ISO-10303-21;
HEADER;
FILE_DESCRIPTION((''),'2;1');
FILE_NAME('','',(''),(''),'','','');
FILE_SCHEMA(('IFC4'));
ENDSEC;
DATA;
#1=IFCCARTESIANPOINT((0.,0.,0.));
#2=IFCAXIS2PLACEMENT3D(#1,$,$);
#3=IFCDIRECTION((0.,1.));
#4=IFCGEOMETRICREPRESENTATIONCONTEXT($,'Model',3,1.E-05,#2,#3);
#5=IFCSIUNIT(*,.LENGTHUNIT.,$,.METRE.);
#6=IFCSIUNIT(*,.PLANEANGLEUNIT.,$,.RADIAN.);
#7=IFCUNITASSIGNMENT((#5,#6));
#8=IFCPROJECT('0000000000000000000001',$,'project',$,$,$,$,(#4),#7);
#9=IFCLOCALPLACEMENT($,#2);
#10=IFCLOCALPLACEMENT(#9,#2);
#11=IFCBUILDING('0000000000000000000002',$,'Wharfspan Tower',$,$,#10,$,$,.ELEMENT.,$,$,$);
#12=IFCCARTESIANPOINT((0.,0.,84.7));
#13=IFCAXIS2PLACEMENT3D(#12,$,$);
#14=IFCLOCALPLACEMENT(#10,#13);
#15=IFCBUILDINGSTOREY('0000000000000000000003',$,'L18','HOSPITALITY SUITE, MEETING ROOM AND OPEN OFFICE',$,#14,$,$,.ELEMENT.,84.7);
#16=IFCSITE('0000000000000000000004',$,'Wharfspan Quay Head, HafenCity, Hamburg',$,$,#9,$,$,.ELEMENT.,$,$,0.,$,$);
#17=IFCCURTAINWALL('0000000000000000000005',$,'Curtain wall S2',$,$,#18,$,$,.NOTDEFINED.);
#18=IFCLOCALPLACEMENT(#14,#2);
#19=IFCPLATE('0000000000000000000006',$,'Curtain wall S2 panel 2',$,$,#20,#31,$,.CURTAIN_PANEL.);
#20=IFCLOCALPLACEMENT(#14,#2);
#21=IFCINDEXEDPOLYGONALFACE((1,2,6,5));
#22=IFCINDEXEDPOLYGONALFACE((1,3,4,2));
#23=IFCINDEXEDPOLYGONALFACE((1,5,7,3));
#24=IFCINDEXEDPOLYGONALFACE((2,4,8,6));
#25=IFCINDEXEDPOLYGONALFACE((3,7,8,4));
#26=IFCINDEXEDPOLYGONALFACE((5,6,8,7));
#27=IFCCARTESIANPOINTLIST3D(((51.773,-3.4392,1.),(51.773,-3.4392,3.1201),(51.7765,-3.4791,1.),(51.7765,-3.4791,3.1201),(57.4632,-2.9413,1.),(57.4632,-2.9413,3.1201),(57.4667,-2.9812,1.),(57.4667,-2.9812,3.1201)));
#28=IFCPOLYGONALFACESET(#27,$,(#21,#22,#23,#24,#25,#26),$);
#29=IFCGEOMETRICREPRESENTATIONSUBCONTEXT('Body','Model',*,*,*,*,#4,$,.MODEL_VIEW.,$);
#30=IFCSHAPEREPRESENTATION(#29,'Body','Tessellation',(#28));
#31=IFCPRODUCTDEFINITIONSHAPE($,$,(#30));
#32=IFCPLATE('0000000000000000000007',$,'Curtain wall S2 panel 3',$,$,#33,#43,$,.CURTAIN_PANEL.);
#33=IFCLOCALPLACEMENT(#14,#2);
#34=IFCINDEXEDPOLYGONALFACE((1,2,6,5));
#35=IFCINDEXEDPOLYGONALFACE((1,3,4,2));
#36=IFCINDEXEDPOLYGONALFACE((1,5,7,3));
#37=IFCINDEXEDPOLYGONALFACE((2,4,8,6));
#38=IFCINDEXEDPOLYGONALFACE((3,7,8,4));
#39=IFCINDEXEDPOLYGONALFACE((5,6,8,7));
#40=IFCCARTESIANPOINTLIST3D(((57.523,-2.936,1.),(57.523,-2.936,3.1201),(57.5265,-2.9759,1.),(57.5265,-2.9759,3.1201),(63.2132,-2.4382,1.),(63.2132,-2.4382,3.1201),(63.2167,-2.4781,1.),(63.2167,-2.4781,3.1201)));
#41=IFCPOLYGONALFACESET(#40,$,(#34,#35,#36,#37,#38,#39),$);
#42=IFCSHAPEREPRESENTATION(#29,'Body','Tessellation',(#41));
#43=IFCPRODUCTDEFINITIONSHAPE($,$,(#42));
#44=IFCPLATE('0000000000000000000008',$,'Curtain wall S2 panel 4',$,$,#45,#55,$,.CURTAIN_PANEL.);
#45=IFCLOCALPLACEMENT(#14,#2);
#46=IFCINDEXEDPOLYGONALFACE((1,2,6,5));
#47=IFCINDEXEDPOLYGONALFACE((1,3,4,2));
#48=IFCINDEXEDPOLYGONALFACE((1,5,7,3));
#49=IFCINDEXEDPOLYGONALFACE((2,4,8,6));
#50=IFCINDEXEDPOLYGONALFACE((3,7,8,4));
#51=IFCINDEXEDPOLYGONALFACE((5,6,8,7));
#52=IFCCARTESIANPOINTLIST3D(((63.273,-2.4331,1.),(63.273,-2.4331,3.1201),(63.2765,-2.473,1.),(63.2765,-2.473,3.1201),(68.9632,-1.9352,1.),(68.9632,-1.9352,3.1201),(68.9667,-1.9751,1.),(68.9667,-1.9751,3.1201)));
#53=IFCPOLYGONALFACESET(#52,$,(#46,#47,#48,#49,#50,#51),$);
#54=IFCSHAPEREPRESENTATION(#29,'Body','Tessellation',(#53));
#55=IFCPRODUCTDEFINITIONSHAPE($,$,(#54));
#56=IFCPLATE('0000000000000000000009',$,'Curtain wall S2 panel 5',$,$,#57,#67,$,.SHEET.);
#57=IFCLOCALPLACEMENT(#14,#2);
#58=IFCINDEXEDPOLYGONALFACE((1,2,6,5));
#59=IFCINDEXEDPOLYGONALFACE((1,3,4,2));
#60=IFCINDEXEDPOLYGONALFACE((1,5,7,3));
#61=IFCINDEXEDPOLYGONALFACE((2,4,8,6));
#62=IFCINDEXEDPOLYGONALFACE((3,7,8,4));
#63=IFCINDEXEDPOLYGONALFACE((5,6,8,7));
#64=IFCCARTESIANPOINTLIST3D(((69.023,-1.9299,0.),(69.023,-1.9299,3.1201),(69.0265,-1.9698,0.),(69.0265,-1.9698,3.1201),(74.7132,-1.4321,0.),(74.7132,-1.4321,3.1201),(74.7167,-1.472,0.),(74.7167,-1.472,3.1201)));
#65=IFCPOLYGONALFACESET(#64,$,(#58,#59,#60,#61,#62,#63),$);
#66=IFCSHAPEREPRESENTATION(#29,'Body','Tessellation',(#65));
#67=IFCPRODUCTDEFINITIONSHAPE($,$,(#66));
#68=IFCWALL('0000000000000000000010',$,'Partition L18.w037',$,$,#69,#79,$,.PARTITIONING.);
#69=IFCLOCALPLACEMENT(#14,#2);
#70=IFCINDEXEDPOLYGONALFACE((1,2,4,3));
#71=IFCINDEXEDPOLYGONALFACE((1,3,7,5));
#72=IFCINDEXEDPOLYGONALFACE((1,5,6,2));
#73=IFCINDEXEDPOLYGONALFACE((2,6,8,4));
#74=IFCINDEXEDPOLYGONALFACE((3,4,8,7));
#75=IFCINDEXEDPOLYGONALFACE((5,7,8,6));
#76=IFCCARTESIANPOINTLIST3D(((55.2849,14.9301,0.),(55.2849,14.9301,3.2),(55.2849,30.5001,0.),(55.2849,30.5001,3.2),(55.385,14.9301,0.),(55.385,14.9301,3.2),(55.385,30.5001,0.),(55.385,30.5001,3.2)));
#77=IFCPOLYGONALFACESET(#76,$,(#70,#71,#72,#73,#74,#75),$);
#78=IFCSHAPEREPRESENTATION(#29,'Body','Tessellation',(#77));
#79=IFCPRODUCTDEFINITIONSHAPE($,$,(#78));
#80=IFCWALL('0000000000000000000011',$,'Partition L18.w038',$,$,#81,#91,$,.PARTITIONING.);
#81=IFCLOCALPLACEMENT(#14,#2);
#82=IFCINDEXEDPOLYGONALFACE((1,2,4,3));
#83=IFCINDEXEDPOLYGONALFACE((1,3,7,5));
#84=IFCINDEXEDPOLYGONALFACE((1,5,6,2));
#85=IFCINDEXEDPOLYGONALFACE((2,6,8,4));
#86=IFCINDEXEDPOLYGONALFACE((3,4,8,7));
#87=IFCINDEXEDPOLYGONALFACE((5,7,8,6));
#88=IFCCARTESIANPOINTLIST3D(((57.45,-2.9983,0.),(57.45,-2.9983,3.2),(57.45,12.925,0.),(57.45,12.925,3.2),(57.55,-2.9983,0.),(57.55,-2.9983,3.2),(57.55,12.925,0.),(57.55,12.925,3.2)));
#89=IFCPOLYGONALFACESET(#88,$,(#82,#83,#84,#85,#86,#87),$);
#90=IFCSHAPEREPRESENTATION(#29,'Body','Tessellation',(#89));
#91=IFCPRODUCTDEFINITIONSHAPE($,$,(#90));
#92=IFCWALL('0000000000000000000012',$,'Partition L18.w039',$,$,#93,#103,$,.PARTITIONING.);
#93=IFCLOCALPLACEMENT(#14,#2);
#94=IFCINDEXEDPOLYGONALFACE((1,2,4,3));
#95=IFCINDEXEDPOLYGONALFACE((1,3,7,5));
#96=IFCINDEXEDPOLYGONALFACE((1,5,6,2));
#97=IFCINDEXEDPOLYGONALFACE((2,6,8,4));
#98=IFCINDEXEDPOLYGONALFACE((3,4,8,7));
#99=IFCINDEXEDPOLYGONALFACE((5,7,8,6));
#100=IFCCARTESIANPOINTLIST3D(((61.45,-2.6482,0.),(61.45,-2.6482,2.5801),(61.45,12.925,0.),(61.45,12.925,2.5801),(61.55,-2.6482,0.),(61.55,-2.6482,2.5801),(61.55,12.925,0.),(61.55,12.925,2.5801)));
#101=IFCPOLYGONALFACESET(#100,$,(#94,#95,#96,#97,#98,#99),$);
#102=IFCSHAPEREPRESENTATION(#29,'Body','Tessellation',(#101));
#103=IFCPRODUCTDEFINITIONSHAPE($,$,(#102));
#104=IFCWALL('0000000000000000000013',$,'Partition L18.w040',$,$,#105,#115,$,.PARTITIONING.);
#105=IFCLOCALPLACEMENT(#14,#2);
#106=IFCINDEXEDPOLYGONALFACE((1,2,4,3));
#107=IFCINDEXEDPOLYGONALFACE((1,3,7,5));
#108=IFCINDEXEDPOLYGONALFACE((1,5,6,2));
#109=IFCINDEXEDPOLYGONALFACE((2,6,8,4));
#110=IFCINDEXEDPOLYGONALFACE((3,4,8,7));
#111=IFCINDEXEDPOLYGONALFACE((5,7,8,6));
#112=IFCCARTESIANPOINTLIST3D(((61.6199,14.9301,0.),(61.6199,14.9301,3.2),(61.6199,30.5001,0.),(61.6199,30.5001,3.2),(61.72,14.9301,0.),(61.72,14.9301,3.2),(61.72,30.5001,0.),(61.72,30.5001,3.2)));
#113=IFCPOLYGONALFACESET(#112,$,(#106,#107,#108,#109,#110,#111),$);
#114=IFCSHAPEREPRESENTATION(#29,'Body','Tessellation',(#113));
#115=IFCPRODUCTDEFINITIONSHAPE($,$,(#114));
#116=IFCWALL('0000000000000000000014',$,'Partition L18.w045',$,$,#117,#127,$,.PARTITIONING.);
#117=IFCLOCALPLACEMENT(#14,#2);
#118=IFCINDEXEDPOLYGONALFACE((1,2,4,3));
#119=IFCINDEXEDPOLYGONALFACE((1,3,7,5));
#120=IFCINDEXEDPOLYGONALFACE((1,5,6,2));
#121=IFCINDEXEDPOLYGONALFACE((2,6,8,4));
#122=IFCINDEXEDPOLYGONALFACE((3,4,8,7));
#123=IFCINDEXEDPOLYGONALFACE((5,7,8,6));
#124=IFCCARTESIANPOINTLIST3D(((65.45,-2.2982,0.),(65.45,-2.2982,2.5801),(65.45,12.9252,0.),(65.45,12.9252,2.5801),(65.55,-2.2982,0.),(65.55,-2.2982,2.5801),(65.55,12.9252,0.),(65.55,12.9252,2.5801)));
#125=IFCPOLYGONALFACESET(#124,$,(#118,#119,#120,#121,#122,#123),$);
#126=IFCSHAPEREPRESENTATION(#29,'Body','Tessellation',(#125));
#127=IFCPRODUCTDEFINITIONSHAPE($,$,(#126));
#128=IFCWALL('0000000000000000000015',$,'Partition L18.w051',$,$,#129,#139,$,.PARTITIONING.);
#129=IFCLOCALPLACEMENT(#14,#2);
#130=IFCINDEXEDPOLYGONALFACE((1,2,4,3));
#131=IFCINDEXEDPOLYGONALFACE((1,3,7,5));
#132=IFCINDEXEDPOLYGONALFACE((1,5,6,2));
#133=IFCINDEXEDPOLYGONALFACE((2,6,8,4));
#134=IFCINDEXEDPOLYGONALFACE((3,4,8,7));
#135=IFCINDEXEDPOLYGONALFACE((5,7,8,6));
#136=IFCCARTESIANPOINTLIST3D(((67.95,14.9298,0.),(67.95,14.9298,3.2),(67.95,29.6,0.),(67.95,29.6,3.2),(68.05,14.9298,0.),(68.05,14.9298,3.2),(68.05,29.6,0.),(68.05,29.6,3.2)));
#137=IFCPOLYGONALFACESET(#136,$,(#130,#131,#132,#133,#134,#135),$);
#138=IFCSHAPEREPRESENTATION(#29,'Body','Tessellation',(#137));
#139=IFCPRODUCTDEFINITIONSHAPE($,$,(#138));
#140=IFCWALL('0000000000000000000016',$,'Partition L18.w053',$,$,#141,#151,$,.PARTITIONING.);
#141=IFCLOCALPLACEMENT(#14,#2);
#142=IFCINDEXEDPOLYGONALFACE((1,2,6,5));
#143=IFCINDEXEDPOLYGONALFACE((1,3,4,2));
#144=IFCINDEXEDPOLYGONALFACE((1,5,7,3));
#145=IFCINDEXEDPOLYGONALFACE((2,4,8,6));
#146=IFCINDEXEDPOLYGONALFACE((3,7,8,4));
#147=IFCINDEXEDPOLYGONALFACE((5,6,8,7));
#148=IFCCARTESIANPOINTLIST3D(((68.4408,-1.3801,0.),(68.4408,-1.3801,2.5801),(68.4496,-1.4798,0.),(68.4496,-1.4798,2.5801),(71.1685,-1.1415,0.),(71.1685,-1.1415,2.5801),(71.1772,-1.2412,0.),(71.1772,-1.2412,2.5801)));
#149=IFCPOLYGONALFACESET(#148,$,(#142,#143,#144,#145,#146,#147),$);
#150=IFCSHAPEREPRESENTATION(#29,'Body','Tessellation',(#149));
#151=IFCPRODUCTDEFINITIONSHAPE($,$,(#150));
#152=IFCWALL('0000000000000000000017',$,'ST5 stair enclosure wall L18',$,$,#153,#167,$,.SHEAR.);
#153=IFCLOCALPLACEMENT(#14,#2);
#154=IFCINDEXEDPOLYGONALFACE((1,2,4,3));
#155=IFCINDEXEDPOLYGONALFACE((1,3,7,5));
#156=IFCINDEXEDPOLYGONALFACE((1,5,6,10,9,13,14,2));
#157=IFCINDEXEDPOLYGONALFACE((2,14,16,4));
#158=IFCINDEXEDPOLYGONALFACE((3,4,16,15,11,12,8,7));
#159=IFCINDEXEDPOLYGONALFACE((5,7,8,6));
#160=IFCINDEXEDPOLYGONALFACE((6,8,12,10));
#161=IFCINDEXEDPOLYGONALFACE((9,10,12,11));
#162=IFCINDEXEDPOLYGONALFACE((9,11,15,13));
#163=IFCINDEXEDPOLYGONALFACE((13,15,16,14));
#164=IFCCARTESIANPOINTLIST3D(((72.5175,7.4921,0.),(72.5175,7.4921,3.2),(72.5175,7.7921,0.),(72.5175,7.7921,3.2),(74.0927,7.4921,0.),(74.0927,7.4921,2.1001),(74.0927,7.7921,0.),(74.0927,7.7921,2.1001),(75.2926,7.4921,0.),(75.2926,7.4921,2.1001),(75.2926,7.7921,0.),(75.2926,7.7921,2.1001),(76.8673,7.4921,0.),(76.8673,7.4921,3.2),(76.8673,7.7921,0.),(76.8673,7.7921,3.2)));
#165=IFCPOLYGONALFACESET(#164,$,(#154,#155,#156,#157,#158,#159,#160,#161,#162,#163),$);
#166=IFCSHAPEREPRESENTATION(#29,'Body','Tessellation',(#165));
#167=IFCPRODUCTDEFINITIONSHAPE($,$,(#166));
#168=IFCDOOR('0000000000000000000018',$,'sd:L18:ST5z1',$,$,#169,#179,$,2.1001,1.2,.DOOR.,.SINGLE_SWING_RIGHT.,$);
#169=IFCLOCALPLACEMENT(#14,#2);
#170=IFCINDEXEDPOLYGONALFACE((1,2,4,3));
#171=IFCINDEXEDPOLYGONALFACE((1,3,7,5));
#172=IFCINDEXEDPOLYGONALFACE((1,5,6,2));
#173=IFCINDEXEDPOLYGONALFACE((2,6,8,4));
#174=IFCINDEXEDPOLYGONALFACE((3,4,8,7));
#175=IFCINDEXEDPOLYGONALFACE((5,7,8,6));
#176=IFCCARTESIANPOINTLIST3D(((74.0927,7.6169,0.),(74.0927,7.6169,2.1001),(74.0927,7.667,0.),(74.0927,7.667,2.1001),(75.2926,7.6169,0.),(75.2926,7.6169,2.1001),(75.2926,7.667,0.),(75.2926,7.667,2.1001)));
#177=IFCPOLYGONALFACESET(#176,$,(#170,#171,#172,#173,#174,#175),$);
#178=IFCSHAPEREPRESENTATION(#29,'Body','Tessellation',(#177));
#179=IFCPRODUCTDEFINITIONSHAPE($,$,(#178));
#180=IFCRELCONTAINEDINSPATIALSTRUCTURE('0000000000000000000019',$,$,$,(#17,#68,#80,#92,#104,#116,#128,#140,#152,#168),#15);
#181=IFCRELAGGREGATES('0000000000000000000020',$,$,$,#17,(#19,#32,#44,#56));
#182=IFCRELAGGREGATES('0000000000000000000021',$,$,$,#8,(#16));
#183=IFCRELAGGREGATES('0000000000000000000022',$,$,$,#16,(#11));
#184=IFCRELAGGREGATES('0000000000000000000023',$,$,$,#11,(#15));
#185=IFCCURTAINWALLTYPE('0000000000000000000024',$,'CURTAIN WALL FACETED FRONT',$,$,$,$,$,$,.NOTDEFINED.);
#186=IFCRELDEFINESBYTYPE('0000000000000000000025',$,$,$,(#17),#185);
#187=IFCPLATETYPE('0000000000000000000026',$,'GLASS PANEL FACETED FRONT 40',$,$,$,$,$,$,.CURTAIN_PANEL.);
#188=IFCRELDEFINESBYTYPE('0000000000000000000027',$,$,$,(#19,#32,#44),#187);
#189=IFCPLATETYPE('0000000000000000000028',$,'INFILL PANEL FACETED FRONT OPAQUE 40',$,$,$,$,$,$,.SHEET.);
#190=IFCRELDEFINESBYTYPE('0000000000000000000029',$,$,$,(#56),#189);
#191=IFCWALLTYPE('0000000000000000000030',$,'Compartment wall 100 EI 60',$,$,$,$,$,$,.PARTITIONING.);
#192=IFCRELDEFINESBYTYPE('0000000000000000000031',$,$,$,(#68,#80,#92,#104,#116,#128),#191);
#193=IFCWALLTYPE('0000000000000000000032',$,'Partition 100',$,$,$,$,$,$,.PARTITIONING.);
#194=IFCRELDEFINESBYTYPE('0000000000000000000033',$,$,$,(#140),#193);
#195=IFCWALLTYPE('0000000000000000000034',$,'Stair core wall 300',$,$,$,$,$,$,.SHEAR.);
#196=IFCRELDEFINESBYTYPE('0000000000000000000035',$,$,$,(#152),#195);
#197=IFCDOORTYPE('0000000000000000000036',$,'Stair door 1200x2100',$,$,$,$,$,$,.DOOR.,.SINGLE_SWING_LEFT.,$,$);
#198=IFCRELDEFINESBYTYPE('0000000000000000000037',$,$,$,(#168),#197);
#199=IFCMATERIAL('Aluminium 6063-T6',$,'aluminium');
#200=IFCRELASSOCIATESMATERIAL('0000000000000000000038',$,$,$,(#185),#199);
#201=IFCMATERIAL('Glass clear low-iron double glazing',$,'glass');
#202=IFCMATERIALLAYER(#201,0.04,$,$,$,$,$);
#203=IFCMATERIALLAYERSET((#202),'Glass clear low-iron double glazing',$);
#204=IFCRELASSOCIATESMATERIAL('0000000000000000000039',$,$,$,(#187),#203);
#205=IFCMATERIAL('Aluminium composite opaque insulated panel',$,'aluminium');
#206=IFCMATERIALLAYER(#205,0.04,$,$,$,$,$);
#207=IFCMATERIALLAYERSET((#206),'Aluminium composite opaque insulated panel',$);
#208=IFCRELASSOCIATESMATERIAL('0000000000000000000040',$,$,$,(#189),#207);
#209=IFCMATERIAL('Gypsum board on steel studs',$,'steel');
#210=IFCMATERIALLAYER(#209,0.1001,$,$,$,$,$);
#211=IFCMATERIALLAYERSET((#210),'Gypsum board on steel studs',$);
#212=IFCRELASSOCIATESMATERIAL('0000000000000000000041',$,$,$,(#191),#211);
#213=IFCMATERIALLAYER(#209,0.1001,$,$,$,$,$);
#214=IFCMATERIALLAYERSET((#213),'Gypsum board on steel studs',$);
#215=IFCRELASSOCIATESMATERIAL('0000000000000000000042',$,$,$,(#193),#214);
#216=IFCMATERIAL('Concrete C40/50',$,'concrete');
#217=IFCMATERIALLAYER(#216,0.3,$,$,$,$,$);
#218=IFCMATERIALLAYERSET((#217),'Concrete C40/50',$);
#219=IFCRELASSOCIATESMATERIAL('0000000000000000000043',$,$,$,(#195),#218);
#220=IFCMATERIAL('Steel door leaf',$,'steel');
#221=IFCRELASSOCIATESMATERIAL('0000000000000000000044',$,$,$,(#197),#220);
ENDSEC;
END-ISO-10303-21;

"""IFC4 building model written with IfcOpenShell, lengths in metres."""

from ifc_helpers import new_model, si_unit, direction, frame, frame_2d, origin, origin_2d, place, context, subcontext, project, spatial, rectangle, extrude, material, layer, layer_set, type_object, element, fill, aggregate, save


model = new_model("IFC4")

# Units and contexts
model_context = context("Model", 3, precision=1e-05, world=origin(), true_north=direction((0.0, 1.0)))
body_context = subcontext(model_context, "Body", "Model", "MODEL_VIEW")
ifc_project = project(units=[si_unit("LENGTHUNIT", "METRE"), si_unit("PLANEANGLEUNIT", "RADIAN")], contexts=[model_context])

# Site, building, storey
site_placement = place(None, origin())
site = spatial("IfcSite", under=ifc_project, at=site_placement, Name="Wharfspan Quay Head, HafenCity, Hamburg", CompositionType="ELEMENT", RefElevation=0.0)
building_placement = place(site_placement, origin())
building = spatial("IfcBuilding", under=site, at=building_placement, Name="Wharfspan Tower", CompositionType="ELEMENT")
storey_placement = place(building_placement, frame((0.0, 0.0, 84.7)))
storey = spatial("IfcBuildingStorey", under=building, at=storey_placement, Name="L18", Description="HOSPITALITY SUITE, MEETING ROOM AND OPEN OFFICE", CompositionType="ELEMENT", Elevation=84.7)

# Curtain wall, plates
ifc_material_1 = material(Name="Aluminium 6063-T6", Category="aluminium")
curtain_wall_type = type_object("IfcCurtainWallType", Name="CURTAIN WALL FACETED FRONT", PredefinedType="NOTDEFINED", material=ifc_material_1)
curtain_wall_placement = place(storey_placement, origin())
curtain_wall = element("IfcCurtainWall", 1, at=curtain_wall_placement, inside=storey, type_object=curtain_wall_type, Name="Curtain wall S2", PredefinedType="NOTDEFINED")
ifc_material_2 = material(Name="Glass clear low-iron double glazing", Category="glass")
ifc_layer_1 = layer(ifc_material_2, 0.04)
ifc_layer_set_1 = layer_set([ifc_layer_1], Name="Glass clear low-iron double glazing")
plate_type_1 = type_object("IfcPlateType", Name="GLASS PANEL FACETED FRONT 40", PredefinedType="CURTAIN_PANEL", material=ifc_layer_set_1)
plate_1_placement = place(storey_placement, frame((54.6199, -3.2102, 1.0), z_axis=(0.0, 0.0, 1.0), x_axis=(0.996197, 0.087156, 0.0)))
plate_1 = element("IfcPlate", 2, at=plate_1_placement, type_object=plate_type_1, Name="Curtain wall S2 panel 2", PredefinedType="CURTAIN_PANEL", context=body_context, shape_type="SweptSolid", body=[
    extrude(rectangle(XDim=5.7119, YDim=0.04, at=origin_2d()), origin(), (0.0, 0.0, 1.0), 2.1201),
])
plate_2_placement = place(storey_placement, frame((60.3699, -2.707, 1.0), z_axis=(0.0, 0.0, 1.0), x_axis=(0.996197, 0.087156, 0.0)))
plate_2 = element("IfcPlate", 3, at=plate_2_placement, type_object=plate_type_1, Name="Curtain wall S2 panel 3", PredefinedType="CURTAIN_PANEL", context=body_context, shape_type="SweptSolid", body=[
    extrude(rectangle(XDim=5.7119, YDim=0.04, at=origin_2d()), origin(), (0.0, 0.0, 1.0), 2.1201),
])
plate_3_placement = place(storey_placement, frame((66.1199, -2.2041, 1.0), z_axis=(0.0, 0.0, 1.0), x_axis=(0.996197, 0.087156, 0.0)))
plate_3 = element("IfcPlate", 4, at=plate_3_placement, type_object=plate_type_1, Name="Curtain wall S2 panel 4", PredefinedType="CURTAIN_PANEL", context=body_context, shape_type="SweptSolid", body=[
    extrude(rectangle(XDim=5.7119, YDim=0.04, at=origin_2d()), origin(), (0.0, 0.0, 1.0), 2.1201),
])
ifc_material_3 = material(Name="Aluminium composite opaque insulated panel", Category="aluminium")
ifc_layer_2 = layer(ifc_material_3, 0.04)
ifc_layer_set_2 = layer_set([ifc_layer_2], Name="Aluminium composite opaque insulated panel")
plate_type_2 = type_object("IfcPlateType", Name="INFILL PANEL FACETED FRONT OPAQUE 40", PredefinedType="SHEET", material=ifc_layer_set_2)
plate_4_placement = place(storey_placement, frame((71.8699, -1.7009, 0.0), z_axis=(0.0, 0.0, 1.0), x_axis=(0.996197, 0.087156, 0.0)))
plate_4 = element("IfcPlate", 5, at=plate_4_placement, type_object=plate_type_2, Name="Curtain wall S2 panel 5", PredefinedType="SHEET", context=body_context, shape_type="SweptSolid", body=[
    extrude(rectangle(XDim=5.7119, YDim=0.04, at=origin_2d()), origin(), (0.0, 0.0, 1.0), 3.1201),
])
aggregate(curtain_wall, [plate_1, plate_2, plate_3, plate_4])

# Walls
ifc_material_4 = material(Name="Gypsum board on steel studs", Category="steel")
ifc_layer_3 = layer(ifc_material_4, 0.1001)
ifc_layer_set_3 = layer_set([ifc_layer_3], Name="Gypsum board on steel studs")
wall_type_1 = type_object("IfcWallType", Name="Compartment wall 100 EI 60", PredefinedType="PARTITIONING", material=ifc_layer_set_3)
wall_1_placement = place(storey_placement, frame((55.335, 14.9299, 0.0), z_axis=(0.0, 0.0, 1.0), x_axis=(0.0, 1.0, 0.0)))
element("IfcWall", 6, at=wall_1_placement, inside=storey, type_object=wall_type_1, Name="Partition L18.w037", PredefinedType="PARTITIONING", context=body_context, shape_type="SweptSolid", body=[
    extrude(rectangle(XDim=15.5701, YDim=0.1001, at=frame_2d((7.7852, 0.0))), origin(), (0.0, 0.0, 1.0), 3.2),
])
wall_2_placement = place(storey_placement, frame((57.5, -2.9983, 0.0), z_axis=(0.0, 0.0, 1.0), x_axis=(0.0, 1.0, 0.0)))
element("IfcWall", 7, at=wall_2_placement, inside=storey, type_object=wall_type_1, Name="Partition L18.w038", PredefinedType="PARTITIONING", context=body_context, shape_type="SweptSolid", body=[
    extrude(rectangle(XDim=15.9233, YDim=0.1001, at=frame_2d((7.9617, 0.0))), origin(), (0.0, 0.0, 1.0), 3.2),
])
wall_3_placement = place(storey_placement, frame((61.5, -2.6482, 0.0), z_axis=(0.0, 0.0, 1.0), x_axis=(0.0, 1.0, 0.0)))
element("IfcWall", 8, at=wall_3_placement, inside=storey, type_object=wall_type_1, Name="Partition L18.w039", PredefinedType="PARTITIONING", context=body_context, shape_type="SweptSolid", body=[
    extrude(rectangle(XDim=15.5732, YDim=0.1001, at=frame_2d((7.7866, 0.0))), origin(), (0.0, 0.0, 1.0), 2.5801),
])
wall_4_placement = place(storey_placement, frame((61.6699, 14.9299, 0.0), z_axis=(0.0, 0.0, 1.0), x_axis=(0.0, 1.0, 0.0)))
element("IfcWall", 9, at=wall_4_placement, inside=storey, type_object=wall_type_1, Name="Partition L18.w040", PredefinedType="PARTITIONING", context=body_context, shape_type="SweptSolid", body=[
    extrude(rectangle(XDim=15.5701, YDim=0.1001, at=frame_2d((7.7852, 0.0))), origin(), (0.0, 0.0, 1.0), 3.2),
])
wall_5_placement = place(storey_placement, frame((65.5, -2.2983, 0.0), z_axis=(0.0, 0.0, 1.0), x_axis=(0.0, 1.0, 0.0)))
element("IfcWall", 10, at=wall_5_placement, inside=storey, type_object=wall_type_1, Name="Partition L18.w045", PredefinedType="PARTITIONING", context=body_context, shape_type="SweptSolid", body=[
    extrude(rectangle(XDim=15.2234, YDim=0.1001, at=frame_2d((7.6118, 0.0))), origin(), (0.0, 0.0, 1.0), 2.5801),
])
wall_6_placement = place(storey_placement, frame((68.0, 14.9299, 0.0), z_axis=(0.0, 0.0, 1.0), x_axis=(0.0, 1.0, 0.0)))
element("IfcWall", 11, at=wall_6_placement, inside=storey, type_object=wall_type_1, Name="Partition L18.w051", PredefinedType="PARTITIONING", context=body_context, shape_type="SweptSolid", body=[
    extrude(rectangle(XDim=14.6702, YDim=0.1001, at=frame_2d((7.335, 0.0))), origin(), (0.0, 0.0, 1.0), 3.2),
])
ifc_layer_4 = layer(ifc_material_4, 0.1001)
ifc_layer_set_4 = layer_set([ifc_layer_4], Name="Gypsum board on steel studs")
wall_type_2 = type_object("IfcWallType", Name="Partition 100", PredefinedType="PARTITIONING", material=ifc_layer_set_4)
wall_7_placement = place(storey_placement, frame((68.4451, -1.4299, 0.0), z_axis=(0.0, 0.0, 1.0), x_axis=(0.996195, 0.087118, 0.0)))
element("IfcWall", 12, at=wall_7_placement, inside=storey, type_object=wall_type_2, Name="Partition L18.w053", PredefinedType="PARTITIONING", context=body_context, shape_type="SweptSolid", body=[
    extrude(rectangle(XDim=2.738, YDim=0.1001, at=frame_2d((1.3691, 0.0))), origin(), (0.0, 0.0, 1.0), 2.5801),
])

# Wall, opening, door
ifc_material_5 = material(Name="Concrete C40/50", Category="concrete")
ifc_layer_5 = layer(ifc_material_5, 0.3)
ifc_layer_set_5 = layer_set([ifc_layer_5], Name="Concrete C40/50")
wall_type_3 = type_object("IfcWallType", Name="Stair core wall 300", PredefinedType="SHEAR", material=ifc_layer_set_5)
wall_8_placement = place(storey_placement, frame((72.5176, 7.6421, 0.0), z_axis=(0.0, 0.0, 1.0), x_axis=(1.0, 0.0, 0.0)))
wall_8 = element("IfcWall", 13, at=wall_8_placement, inside=storey, type_object=wall_type_3, Name="ST5 stair enclosure wall L18", PredefinedType="SHEAR", context=body_context, shape_type="SweptSolid", body=[
    extrude(rectangle(XDim=4.3499, YDim=0.3, at=frame_2d((2.1748, 0.0))), origin(), (0.0, 0.0, 1.0), 3.2),
])
opening_placement = place(wall_8_placement, frame((1.575, 0.0, 0.0)))
opening = element("IfcOpeningElement", 14, at=opening_placement, cuts=wall_8, PredefinedType="OPENING", context=body_context, shape_type="SweptSolid", body=[
    extrude(rectangle(XDim=1.2, YDim=2.1001, at=frame_2d((0.6001, 1.05))), frame((0.0, 0.1599, 0.0), z_axis=(0.0, -1.0, 0.0), x_axis=(1.0, 0.0, 0.0)), (0.0, 0.0, 1.0), 0.3201),
])
ifc_material_6 = material(Name="Steel door leaf", Category="steel")
door_type = type_object("IfcDoorType", Name="Stair door 1200x2100", OperationType="SINGLE_SWING_LEFT", PredefinedType="DOOR", material=ifc_material_6)
door_placement = place(opening_placement, origin())
door = element("IfcDoor", 15, at=door_placement, inside=storey, type_object=door_type, Name="sd:L18:ST5z1", OperationType="SINGLE_SWING_RIGHT", OverallHeight=2.1001, OverallWidth=1.2, PredefinedType="DOOR", context=body_context, shape_type="SweptSolid", body=[
    extrude(rectangle(XDim=1.2, YDim=2.1001, at=frame_2d((0.6001, 1.05))), frame((0.0, 0.0249, 0.0), z_axis=(0.0, -1.0, 0.0), x_axis=(1.0, 0.0, 0.0)), (0.0, 0.0, 1.0), 0.05),
])
fill(opening, door)

save(model, "model.ifc")
